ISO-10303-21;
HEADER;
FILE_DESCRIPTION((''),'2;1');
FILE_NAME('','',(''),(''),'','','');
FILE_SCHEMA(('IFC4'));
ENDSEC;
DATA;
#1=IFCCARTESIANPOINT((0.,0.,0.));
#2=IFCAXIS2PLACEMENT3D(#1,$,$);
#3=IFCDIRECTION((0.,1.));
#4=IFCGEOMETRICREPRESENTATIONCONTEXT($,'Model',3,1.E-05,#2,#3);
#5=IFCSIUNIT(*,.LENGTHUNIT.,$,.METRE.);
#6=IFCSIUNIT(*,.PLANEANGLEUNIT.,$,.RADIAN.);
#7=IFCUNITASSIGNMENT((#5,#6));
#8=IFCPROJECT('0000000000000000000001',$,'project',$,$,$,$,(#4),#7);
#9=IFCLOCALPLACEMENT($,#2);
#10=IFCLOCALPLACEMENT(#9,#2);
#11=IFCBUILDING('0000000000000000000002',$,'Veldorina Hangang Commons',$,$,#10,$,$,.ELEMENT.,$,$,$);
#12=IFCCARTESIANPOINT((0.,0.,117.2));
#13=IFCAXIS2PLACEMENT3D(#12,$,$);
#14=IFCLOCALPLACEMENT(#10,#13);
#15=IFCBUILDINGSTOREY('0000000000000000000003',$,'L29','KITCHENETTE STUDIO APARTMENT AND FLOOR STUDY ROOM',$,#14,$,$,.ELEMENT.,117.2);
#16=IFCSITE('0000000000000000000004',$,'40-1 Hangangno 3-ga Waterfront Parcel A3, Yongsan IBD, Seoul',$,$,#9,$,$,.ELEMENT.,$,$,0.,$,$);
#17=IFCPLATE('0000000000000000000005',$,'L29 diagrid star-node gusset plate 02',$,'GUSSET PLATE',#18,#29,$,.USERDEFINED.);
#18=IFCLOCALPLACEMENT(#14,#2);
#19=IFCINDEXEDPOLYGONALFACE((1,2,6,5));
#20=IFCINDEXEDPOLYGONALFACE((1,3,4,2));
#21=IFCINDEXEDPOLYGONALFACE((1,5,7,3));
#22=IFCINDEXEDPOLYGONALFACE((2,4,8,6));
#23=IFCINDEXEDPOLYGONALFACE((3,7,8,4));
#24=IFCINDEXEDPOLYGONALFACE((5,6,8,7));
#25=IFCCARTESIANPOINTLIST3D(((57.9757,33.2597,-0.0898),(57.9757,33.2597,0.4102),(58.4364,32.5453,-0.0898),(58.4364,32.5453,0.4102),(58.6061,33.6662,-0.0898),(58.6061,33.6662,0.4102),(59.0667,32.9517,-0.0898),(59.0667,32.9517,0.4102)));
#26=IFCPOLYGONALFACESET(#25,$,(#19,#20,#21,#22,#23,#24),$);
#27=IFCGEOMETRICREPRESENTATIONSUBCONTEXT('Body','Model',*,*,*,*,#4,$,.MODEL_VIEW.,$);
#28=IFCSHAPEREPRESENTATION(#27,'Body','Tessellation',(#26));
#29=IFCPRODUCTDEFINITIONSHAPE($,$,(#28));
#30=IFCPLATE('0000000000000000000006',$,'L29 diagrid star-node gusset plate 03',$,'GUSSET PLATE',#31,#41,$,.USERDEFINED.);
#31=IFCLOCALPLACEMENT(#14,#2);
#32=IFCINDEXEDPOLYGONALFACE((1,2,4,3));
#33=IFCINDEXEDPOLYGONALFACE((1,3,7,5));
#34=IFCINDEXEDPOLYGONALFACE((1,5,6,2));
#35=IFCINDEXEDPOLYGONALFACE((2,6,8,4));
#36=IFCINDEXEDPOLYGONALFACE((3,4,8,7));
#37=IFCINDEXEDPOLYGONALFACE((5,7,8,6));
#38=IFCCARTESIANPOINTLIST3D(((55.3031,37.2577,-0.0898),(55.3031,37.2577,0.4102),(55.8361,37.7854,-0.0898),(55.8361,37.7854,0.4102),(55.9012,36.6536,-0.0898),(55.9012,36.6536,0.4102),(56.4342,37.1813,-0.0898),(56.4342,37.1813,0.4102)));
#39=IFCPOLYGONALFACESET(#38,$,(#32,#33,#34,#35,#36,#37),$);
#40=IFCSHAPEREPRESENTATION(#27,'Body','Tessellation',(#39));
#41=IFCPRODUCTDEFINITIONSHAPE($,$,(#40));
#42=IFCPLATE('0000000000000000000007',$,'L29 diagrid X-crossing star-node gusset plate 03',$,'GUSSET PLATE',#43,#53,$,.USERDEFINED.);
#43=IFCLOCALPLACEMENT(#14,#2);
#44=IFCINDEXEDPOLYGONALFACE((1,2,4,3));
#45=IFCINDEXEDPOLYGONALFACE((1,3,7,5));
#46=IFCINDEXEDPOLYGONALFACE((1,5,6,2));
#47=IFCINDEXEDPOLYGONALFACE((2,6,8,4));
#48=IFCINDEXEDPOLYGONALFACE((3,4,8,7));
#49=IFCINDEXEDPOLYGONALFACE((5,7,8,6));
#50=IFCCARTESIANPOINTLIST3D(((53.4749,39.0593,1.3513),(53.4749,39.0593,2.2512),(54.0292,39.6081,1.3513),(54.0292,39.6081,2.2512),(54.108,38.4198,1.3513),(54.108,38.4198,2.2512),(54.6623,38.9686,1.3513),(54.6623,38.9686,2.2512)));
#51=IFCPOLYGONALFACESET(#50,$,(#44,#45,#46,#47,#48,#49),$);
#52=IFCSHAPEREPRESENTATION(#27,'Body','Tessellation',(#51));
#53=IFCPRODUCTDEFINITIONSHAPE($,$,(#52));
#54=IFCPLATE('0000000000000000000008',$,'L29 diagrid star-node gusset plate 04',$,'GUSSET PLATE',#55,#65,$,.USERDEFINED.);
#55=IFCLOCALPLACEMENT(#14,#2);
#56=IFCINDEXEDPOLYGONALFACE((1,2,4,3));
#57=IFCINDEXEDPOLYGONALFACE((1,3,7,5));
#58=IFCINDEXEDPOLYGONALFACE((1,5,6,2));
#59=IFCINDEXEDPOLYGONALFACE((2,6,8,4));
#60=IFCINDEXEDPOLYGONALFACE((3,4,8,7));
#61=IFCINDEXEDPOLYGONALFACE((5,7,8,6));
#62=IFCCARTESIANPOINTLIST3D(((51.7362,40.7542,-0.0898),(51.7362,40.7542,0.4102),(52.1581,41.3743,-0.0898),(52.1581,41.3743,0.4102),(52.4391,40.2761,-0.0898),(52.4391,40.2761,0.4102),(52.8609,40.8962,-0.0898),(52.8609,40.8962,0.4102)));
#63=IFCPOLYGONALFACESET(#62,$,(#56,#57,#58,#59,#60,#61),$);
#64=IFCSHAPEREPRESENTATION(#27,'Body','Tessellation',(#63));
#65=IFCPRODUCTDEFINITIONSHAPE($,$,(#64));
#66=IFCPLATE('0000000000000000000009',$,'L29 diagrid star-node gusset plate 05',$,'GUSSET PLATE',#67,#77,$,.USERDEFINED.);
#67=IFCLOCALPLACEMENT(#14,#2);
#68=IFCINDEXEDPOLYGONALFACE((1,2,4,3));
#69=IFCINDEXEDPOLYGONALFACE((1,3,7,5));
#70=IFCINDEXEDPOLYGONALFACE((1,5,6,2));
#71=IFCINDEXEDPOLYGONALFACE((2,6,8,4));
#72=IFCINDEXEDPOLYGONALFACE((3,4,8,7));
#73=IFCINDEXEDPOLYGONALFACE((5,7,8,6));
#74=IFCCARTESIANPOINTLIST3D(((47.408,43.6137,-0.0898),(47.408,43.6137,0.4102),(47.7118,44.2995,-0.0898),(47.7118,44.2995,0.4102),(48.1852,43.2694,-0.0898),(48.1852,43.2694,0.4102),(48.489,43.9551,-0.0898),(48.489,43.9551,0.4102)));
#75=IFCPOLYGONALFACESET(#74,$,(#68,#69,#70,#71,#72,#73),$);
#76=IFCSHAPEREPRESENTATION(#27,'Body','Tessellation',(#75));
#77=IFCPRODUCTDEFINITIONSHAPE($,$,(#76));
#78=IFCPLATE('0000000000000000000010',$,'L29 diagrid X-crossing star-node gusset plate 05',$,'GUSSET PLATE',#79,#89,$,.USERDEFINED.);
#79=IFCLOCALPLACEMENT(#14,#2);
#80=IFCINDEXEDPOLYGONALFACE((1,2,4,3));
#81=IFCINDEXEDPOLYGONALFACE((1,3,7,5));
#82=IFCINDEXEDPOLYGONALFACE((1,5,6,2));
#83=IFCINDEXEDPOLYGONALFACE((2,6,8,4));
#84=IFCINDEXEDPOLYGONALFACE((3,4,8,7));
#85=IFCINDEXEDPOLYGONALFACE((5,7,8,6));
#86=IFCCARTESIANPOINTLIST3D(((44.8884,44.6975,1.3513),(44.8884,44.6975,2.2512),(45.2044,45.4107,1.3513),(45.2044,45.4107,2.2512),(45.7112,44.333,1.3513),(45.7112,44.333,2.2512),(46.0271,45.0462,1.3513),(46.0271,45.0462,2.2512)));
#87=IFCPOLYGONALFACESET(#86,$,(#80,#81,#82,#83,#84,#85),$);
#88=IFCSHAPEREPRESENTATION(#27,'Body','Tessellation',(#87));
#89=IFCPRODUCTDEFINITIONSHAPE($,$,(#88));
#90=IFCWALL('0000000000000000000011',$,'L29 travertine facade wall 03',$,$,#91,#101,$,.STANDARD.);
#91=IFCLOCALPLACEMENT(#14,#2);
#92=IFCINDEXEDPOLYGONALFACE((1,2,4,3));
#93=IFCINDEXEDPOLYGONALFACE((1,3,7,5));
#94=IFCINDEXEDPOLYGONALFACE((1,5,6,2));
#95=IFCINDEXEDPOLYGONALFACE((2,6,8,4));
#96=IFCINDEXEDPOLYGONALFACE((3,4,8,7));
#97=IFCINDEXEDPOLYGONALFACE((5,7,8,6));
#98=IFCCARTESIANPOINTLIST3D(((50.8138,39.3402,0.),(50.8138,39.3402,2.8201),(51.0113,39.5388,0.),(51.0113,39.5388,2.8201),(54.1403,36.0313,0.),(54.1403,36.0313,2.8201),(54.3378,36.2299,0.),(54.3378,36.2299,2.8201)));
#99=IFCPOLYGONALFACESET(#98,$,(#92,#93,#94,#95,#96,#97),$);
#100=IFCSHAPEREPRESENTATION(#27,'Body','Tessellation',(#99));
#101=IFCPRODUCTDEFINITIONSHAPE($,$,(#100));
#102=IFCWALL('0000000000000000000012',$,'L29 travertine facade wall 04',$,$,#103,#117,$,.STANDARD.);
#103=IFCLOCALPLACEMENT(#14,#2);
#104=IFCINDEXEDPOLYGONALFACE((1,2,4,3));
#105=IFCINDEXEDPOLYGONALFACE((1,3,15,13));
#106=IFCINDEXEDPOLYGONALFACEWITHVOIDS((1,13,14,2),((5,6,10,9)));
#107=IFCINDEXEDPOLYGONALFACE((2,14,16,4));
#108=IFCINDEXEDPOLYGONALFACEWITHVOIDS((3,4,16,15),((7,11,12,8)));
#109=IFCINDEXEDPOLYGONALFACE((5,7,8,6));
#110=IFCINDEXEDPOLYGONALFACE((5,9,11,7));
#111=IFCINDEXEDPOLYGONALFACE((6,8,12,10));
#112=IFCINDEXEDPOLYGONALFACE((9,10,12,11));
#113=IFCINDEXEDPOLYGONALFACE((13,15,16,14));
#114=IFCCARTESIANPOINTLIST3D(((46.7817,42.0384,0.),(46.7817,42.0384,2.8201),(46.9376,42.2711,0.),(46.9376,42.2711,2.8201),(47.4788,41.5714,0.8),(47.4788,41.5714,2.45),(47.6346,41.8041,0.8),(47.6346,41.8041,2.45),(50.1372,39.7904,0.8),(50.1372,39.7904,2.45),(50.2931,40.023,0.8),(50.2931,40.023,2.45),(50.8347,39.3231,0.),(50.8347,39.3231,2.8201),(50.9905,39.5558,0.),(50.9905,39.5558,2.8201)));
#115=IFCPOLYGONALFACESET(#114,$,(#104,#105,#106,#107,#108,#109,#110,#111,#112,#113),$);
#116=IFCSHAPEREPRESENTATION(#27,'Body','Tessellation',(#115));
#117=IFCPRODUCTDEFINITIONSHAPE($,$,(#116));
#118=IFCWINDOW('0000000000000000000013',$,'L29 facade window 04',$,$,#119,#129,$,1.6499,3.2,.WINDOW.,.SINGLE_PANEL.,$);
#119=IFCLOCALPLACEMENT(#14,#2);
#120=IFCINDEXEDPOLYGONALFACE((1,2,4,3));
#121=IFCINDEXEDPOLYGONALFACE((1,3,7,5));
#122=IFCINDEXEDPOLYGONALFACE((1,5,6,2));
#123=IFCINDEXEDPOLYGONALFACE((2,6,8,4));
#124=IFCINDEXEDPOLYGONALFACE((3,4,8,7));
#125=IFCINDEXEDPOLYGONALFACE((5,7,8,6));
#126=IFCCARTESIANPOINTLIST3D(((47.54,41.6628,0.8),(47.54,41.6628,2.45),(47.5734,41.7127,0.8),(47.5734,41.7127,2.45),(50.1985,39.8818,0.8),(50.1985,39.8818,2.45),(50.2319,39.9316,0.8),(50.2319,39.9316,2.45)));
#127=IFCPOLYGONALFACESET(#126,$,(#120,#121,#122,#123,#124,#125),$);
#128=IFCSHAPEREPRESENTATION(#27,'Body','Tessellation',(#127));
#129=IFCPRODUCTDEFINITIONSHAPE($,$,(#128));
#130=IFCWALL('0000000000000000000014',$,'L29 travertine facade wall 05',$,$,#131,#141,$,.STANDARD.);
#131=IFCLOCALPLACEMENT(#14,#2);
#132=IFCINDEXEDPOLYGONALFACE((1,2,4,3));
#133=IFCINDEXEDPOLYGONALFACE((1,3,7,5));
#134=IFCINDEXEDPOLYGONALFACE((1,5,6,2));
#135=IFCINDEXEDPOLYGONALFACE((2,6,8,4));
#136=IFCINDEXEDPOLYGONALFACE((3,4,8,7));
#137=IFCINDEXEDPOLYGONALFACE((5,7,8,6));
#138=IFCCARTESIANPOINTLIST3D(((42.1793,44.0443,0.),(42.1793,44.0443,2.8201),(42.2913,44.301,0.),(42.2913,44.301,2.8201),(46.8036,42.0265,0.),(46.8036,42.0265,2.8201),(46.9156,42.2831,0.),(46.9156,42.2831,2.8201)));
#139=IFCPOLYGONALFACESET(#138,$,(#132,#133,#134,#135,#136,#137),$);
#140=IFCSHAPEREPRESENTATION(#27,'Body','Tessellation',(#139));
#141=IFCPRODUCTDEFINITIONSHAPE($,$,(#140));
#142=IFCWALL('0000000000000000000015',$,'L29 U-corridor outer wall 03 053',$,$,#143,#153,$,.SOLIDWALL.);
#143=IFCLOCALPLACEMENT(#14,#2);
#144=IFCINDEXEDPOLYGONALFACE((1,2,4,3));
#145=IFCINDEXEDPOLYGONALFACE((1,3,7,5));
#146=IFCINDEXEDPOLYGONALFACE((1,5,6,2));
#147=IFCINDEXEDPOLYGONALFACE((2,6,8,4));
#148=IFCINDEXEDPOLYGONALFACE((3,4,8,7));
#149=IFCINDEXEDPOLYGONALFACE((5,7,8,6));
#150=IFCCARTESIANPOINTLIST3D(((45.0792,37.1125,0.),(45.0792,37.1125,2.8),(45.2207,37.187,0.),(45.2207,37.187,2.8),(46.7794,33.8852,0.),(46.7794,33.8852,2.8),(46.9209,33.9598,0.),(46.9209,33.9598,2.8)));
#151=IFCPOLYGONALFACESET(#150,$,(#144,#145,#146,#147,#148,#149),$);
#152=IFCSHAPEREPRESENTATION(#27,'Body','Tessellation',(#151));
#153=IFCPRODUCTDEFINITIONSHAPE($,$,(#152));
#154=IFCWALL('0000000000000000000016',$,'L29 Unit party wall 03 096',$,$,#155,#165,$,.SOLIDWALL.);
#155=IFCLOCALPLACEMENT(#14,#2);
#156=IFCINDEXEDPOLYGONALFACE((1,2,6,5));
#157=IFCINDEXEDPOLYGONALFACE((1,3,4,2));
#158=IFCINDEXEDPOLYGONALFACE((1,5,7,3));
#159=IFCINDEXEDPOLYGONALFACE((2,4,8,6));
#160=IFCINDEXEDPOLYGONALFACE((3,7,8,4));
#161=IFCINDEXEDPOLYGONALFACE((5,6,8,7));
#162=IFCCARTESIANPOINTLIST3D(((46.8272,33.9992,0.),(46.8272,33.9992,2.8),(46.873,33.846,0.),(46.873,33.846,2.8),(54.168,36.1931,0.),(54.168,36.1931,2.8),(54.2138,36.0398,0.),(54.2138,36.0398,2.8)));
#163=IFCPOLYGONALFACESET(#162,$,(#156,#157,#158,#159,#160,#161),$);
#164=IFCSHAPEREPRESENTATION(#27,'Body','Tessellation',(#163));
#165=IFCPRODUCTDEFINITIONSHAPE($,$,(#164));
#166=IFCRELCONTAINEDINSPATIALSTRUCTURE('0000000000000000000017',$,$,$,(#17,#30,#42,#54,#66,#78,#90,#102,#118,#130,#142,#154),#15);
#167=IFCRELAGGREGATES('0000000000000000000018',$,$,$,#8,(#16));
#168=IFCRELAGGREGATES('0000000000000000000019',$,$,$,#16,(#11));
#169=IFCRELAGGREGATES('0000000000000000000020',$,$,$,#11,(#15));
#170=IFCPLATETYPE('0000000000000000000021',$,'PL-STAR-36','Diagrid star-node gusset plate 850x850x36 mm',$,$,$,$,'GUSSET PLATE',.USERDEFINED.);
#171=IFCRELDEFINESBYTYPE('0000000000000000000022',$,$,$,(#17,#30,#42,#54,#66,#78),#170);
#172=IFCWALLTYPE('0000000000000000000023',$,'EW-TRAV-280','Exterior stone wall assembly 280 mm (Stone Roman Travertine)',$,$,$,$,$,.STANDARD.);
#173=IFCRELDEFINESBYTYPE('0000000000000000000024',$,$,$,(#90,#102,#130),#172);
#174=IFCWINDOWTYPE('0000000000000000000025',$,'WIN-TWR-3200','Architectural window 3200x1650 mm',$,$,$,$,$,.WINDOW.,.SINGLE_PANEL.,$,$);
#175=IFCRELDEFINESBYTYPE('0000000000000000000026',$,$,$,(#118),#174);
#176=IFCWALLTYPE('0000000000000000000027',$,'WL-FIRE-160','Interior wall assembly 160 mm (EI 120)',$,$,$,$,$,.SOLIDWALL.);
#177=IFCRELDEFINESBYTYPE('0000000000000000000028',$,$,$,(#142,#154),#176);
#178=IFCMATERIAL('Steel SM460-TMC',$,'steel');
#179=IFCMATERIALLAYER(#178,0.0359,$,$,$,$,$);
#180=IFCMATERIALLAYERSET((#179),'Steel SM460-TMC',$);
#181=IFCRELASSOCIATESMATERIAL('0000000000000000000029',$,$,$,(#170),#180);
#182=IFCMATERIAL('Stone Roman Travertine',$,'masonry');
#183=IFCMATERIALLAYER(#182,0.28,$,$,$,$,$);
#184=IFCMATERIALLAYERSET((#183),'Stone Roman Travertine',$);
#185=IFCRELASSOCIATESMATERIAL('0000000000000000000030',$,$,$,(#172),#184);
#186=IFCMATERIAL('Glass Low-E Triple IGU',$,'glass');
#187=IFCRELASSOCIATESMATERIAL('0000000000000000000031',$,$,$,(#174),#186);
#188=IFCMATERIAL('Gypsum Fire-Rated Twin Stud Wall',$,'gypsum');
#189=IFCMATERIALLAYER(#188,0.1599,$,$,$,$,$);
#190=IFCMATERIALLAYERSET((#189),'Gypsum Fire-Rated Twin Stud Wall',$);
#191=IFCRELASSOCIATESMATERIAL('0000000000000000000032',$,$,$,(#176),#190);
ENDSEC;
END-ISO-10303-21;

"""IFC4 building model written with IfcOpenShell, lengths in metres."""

from ifc_helpers import new_model, si_unit, direction, frame, frame_2d, origin, origin_2d, place, context, subcontext, project, spatial, rectangle, extrude, material, layer, layer_set, type_object, element, fill, save


model = new_model("IFC4")

# Units and contexts
model_context = context("Model", 3, precision=1e-05, world=origin(), true_north=direction((0.0, 1.0)))
body_context = subcontext(model_context, "Body", "Model", "MODEL_VIEW")
ifc_project = project(units=[si_unit("LENGTHUNIT", "METRE"), si_unit("PLANEANGLEUNIT", "RADIAN")], contexts=[model_context])

# Site, building, storey
site_placement = place(None, origin())
site = spatial("IfcSite", under=ifc_project, at=site_placement, Name="40-1 Hangangno 3-ga Waterfront Parcel A3, Yongsan IBD, Seoul", CompositionType="ELEMENT", RefElevation=0.0)
building_placement = place(site_placement, origin())
building = spatial("IfcBuilding", under=site, at=building_placement, Name="Veldorina Hangang Commons", CompositionType="ELEMENT")
storey_placement = place(building_placement, frame((0.0, 0.0, 117.2)))
storey = spatial("IfcBuildingStorey", under=building, at=storey_placement, Name="L29", Description="KITCHENETTE STUDIO APARTMENT AND FLOOR STUDY ROOM", CompositionType="ELEMENT", Elevation=117.2)

# Plates
ifc_material_1 = material(Name="Steel SM460-TMC", Category="steel")
ifc_layer_1 = layer(ifc_material_1, 0.0359)
ifc_layer_set_1 = layer_set([ifc_layer_1], Name="Steel SM460-TMC")
plate_type = type_object("IfcPlateType", Name="PL-STAR-36", Description="Diagrid star-node gusset plate 850x850x36 mm", ElementType="GUSSET PLATE", PredefinedType="USERDEFINED", material=ifc_layer_set_1)
for number, where, z_axis, x_axis, name in (
    (1, (58.5212, 33.1057, -0.0898), (0.0, 0.0, 1.0), (-0.541928, 0.840425, 0.0), "L29 diagrid star-node gusset plate 02"),
    (2, (55.8687, 37.2195, -0.0898), (0.0, 0.0, 1.0), (-0.703581, 0.710615, 0.0), "L29 diagrid star-node gusset plate 03"),
):
    element("IfcPlate", number, at=place(storey_placement, frame(where, z_axis=z_axis, x_axis=x_axis)), inside=storey, type_object=plate_type, Name=name, ObjectType="GUSSET PLATE", PredefinedType="USERDEFINED", context=body_context, shape_type="SweptSolid", body=[
        extrude(rectangle(XDim=0.8501, YDim=0.75, at=origin_2d()), origin(), (0.0, 0.0, 1.0), 0.5),
    ])
plate_1_placement = place(storey_placement, frame((54.0686, 39.0139, 1.3513), z_axis=(0.0, 0.0, 1.0), x_axis=(-0.703581, 0.710615, 0.0)))
element("IfcPlate", 3, at=plate_1_placement, inside=storey, type_object=plate_type, Name="L29 diagrid X-crossing star-node gusset plate 03", ObjectType="GUSSET PLATE", PredefinedType="USERDEFINED", context=body_context, shape_type="SweptSolid", body=[
    extrude(rectangle(XDim=0.8999, YDim=0.78, at=origin_2d()), origin(), (0.0, 0.0, 1.0), 0.8999),
])
for number, where, z_axis, x_axis, name in (
    (4, (52.2986, 40.8252, -0.0898), (0.0, 0.0, 1.0), (-0.826825, 0.562459, 0.0), "L29 diagrid star-node gusset plate 04"),
    (5, (47.9485, 43.7844, -0.0898), (0.0, 0.0, 1.0), (-0.914289, 0.405062, 0.0), "L29 diagrid star-node gusset plate 05"),
):
    element("IfcPlate", number, at=place(storey_placement, frame(where, z_axis=z_axis, x_axis=x_axis)), inside=storey, type_object=plate_type, Name=name, ObjectType="GUSSET PLATE", PredefinedType="USERDEFINED", context=body_context, shape_type="SweptSolid", body=[
        extrude(rectangle(XDim=0.8501, YDim=0.75, at=origin_2d()), origin(), (0.0, 0.0, 1.0), 0.5),
    ])
plate_2_placement = place(storey_placement, frame((45.4578, 44.8718, 1.3513), z_axis=(0.0, 0.0, 1.0), x_axis=(-0.914289, 0.405062, 0.0)))
element("IfcPlate", 6, at=plate_2_placement, inside=storey, type_object=plate_type, Name="L29 diagrid X-crossing star-node gusset plate 05", ObjectType="GUSSET PLATE", PredefinedType="USERDEFINED", context=body_context, shape_type="SweptSolid", body=[
    extrude(rectangle(XDim=0.8999, YDim=0.78, at=origin_2d()), origin(), (0.0, 0.0, 1.0), 0.8999),
])

# Wall
ifc_material_2 = material(Name="Stone Roman Travertine", Category="masonry")
ifc_layer_2 = layer(ifc_material_2, 0.28)
ifc_layer_set_2 = layer_set([ifc_layer_2], Name="Stone Roman Travertine")
wall_type_1 = type_object("IfcWallType", Name="EW-TRAV-280", Description="Exterior stone wall assembly 280 mm (Stone Roman Travertine)", PredefinedType="STANDARD", material=ifc_layer_set_2)
wall_1_placement = place(storey_placement, frame((54.239, 36.1306, 0.0), z_axis=(0.0, 0.0, 1.0), x_axis=(-0.708978, 0.705231, 0.0)))
element("IfcWall", 7, at=wall_1_placement, inside=storey, type_object=wall_type_1, Name="L29 travertine facade wall 03", PredefinedType="STANDARD", context=body_context, shape_type="SweptSolid", body=[
    extrude(rectangle(XDim=4.6919, YDim=0.28, at=frame_2d((2.3459, 0.0))), origin(), (0.0, 0.0, 1.0), 2.8201),
])

# Wall, opening, window
wall_2_placement = place(storey_placement, frame((50.9126, 39.4395, 0.0), z_axis=(0.0, 0.0, 1.0), x_axis=(-0.830785, 0.556593, 0.0)))
wall_2 = element("IfcWall", 8, at=wall_2_placement, inside=storey, type_object=wall_type_1, Name="L29 travertine facade wall 04", PredefinedType="STANDARD", context=body_context, shape_type="SweptSolid", body=[
    extrude(rectangle(XDim=4.8784, YDim=0.28, at=frame_2d((2.4392, 0.0))), origin(), (0.0, 0.0, 1.0), 2.8201),
])
opening_1_placement = place(wall_2_placement, frame((0.8394, 0.0, 0.8)))
opening_1 = element("IfcOpeningElement", 9, at=opening_1_placement, cuts=wall_2, PredefinedType="OPENING", context=body_context, shape_type="SweptSolid", body=[
    extrude(rectangle(XDim=3.2, YDim=1.6499, at=frame_2d((1.6001, 0.825))), frame((0.0, 0.1499, 0.0), z_axis=(0.0, -1.0, 0.0), x_axis=(1.0, 0.0, 0.0)), (0.0, 0.0, 1.0), 0.3),
])
ifc_material_3 = material(Name="Glass Low-E Triple IGU", Category="glass")
window_type = type_object("IfcWindowType", Name="WIN-TWR-3200", Description="Architectural window 3200x1650 mm", PartitioningType="SINGLE_PANEL", PredefinedType="WINDOW", material=ifc_material_3)
window_placement = place(opening_1_placement, origin())
window = element("IfcWindow", 10, at=window_placement, inside=storey, type_object=window_type, Name="L29 facade window 04", OverallHeight=1.6499, OverallWidth=3.2, PartitioningType="SINGLE_PANEL", PredefinedType="WINDOW", context=body_context, shape_type="SweptSolid", body=[
    extrude(rectangle(XDim=3.2, YDim=1.6499, at=frame_2d((1.6001, 0.825))), frame((0.0, 0.03, 0.0), z_axis=(0.0, -1.0, 0.0), x_axis=(1.0, 0.0, 0.0)), (0.0, 0.0, 1.0), 0.0601),
])
fill(opening_1, window)

# Walls
wall_3_placement = place(storey_placement, frame((46.8596, 42.1548, 0.0), z_axis=(0.0, 0.0, 1.0), x_axis=(-0.916542, 0.399938, 0.0)))
element("IfcWall", 11, at=wall_3_placement, inside=storey, type_object=wall_type_1, Name="L29 travertine facade wall 05", PredefinedType="STANDARD", context=body_context, shape_type="SweptSolid", body=[
    extrude(rectangle(XDim=5.0454, YDim=0.28, at=frame_2d((2.5227, 0.0))), origin(), (0.0, 0.0, 1.0), 2.8201),
])
ifc_material_4 = material(Name="Gypsum Fire-Rated Twin Stud Wall", Category="gypsum")
ifc_layer_3 = layer(ifc_material_4, 0.1599)
ifc_layer_set_3 = layer_set([ifc_layer_3], Name="Gypsum Fire-Rated Twin Stud Wall")
wall_type_2 = type_object("IfcWallType", Name="WL-FIRE-160", Description="Interior wall assembly 160 mm (EI 120)", PredefinedType="SOLIDWALL", material=ifc_layer_set_3)
wall_4_placement = place(storey_placement, frame((46.8501, 33.9226, 0.0), z_axis=(0.0, 0.0, 1.0), x_axis=(-0.466094, 0.884735, 0.0)))
element("IfcWall", 12, at=wall_4_placement, inside=storey, type_object=wall_type_2, Name="L29 U-corridor outer wall 03 053", PredefinedType="SOLIDWALL", context=body_context, shape_type="SweptSolid", body=[
    extrude(rectangle(XDim=3.6477, YDim=0.1599, at=frame_2d((1.8237, 0.0))), origin(), (0.0, 0.0, 1.0), 2.8),
])
wall_5_placement = place(storey_placement, frame((46.8501, 33.9226, 0.0), z_axis=(0.0, 0.0, 1.0), x_axis=(0.958127, 0.286342, 0.0)))
element("IfcWall", 13, at=wall_5_placement, inside=storey, type_object=wall_type_2, Name="L29 Unit party wall 03 096", PredefinedType="SOLIDWALL", context=body_context, shape_type="SweptSolid", body=[
    extrude(rectangle(XDim=7.6616, YDim=0.1599, at=frame_2d((3.8308, 0.0))), origin(), (0.0, 0.0, 1.0), 2.8),
])

save(model, "model.ifc")
